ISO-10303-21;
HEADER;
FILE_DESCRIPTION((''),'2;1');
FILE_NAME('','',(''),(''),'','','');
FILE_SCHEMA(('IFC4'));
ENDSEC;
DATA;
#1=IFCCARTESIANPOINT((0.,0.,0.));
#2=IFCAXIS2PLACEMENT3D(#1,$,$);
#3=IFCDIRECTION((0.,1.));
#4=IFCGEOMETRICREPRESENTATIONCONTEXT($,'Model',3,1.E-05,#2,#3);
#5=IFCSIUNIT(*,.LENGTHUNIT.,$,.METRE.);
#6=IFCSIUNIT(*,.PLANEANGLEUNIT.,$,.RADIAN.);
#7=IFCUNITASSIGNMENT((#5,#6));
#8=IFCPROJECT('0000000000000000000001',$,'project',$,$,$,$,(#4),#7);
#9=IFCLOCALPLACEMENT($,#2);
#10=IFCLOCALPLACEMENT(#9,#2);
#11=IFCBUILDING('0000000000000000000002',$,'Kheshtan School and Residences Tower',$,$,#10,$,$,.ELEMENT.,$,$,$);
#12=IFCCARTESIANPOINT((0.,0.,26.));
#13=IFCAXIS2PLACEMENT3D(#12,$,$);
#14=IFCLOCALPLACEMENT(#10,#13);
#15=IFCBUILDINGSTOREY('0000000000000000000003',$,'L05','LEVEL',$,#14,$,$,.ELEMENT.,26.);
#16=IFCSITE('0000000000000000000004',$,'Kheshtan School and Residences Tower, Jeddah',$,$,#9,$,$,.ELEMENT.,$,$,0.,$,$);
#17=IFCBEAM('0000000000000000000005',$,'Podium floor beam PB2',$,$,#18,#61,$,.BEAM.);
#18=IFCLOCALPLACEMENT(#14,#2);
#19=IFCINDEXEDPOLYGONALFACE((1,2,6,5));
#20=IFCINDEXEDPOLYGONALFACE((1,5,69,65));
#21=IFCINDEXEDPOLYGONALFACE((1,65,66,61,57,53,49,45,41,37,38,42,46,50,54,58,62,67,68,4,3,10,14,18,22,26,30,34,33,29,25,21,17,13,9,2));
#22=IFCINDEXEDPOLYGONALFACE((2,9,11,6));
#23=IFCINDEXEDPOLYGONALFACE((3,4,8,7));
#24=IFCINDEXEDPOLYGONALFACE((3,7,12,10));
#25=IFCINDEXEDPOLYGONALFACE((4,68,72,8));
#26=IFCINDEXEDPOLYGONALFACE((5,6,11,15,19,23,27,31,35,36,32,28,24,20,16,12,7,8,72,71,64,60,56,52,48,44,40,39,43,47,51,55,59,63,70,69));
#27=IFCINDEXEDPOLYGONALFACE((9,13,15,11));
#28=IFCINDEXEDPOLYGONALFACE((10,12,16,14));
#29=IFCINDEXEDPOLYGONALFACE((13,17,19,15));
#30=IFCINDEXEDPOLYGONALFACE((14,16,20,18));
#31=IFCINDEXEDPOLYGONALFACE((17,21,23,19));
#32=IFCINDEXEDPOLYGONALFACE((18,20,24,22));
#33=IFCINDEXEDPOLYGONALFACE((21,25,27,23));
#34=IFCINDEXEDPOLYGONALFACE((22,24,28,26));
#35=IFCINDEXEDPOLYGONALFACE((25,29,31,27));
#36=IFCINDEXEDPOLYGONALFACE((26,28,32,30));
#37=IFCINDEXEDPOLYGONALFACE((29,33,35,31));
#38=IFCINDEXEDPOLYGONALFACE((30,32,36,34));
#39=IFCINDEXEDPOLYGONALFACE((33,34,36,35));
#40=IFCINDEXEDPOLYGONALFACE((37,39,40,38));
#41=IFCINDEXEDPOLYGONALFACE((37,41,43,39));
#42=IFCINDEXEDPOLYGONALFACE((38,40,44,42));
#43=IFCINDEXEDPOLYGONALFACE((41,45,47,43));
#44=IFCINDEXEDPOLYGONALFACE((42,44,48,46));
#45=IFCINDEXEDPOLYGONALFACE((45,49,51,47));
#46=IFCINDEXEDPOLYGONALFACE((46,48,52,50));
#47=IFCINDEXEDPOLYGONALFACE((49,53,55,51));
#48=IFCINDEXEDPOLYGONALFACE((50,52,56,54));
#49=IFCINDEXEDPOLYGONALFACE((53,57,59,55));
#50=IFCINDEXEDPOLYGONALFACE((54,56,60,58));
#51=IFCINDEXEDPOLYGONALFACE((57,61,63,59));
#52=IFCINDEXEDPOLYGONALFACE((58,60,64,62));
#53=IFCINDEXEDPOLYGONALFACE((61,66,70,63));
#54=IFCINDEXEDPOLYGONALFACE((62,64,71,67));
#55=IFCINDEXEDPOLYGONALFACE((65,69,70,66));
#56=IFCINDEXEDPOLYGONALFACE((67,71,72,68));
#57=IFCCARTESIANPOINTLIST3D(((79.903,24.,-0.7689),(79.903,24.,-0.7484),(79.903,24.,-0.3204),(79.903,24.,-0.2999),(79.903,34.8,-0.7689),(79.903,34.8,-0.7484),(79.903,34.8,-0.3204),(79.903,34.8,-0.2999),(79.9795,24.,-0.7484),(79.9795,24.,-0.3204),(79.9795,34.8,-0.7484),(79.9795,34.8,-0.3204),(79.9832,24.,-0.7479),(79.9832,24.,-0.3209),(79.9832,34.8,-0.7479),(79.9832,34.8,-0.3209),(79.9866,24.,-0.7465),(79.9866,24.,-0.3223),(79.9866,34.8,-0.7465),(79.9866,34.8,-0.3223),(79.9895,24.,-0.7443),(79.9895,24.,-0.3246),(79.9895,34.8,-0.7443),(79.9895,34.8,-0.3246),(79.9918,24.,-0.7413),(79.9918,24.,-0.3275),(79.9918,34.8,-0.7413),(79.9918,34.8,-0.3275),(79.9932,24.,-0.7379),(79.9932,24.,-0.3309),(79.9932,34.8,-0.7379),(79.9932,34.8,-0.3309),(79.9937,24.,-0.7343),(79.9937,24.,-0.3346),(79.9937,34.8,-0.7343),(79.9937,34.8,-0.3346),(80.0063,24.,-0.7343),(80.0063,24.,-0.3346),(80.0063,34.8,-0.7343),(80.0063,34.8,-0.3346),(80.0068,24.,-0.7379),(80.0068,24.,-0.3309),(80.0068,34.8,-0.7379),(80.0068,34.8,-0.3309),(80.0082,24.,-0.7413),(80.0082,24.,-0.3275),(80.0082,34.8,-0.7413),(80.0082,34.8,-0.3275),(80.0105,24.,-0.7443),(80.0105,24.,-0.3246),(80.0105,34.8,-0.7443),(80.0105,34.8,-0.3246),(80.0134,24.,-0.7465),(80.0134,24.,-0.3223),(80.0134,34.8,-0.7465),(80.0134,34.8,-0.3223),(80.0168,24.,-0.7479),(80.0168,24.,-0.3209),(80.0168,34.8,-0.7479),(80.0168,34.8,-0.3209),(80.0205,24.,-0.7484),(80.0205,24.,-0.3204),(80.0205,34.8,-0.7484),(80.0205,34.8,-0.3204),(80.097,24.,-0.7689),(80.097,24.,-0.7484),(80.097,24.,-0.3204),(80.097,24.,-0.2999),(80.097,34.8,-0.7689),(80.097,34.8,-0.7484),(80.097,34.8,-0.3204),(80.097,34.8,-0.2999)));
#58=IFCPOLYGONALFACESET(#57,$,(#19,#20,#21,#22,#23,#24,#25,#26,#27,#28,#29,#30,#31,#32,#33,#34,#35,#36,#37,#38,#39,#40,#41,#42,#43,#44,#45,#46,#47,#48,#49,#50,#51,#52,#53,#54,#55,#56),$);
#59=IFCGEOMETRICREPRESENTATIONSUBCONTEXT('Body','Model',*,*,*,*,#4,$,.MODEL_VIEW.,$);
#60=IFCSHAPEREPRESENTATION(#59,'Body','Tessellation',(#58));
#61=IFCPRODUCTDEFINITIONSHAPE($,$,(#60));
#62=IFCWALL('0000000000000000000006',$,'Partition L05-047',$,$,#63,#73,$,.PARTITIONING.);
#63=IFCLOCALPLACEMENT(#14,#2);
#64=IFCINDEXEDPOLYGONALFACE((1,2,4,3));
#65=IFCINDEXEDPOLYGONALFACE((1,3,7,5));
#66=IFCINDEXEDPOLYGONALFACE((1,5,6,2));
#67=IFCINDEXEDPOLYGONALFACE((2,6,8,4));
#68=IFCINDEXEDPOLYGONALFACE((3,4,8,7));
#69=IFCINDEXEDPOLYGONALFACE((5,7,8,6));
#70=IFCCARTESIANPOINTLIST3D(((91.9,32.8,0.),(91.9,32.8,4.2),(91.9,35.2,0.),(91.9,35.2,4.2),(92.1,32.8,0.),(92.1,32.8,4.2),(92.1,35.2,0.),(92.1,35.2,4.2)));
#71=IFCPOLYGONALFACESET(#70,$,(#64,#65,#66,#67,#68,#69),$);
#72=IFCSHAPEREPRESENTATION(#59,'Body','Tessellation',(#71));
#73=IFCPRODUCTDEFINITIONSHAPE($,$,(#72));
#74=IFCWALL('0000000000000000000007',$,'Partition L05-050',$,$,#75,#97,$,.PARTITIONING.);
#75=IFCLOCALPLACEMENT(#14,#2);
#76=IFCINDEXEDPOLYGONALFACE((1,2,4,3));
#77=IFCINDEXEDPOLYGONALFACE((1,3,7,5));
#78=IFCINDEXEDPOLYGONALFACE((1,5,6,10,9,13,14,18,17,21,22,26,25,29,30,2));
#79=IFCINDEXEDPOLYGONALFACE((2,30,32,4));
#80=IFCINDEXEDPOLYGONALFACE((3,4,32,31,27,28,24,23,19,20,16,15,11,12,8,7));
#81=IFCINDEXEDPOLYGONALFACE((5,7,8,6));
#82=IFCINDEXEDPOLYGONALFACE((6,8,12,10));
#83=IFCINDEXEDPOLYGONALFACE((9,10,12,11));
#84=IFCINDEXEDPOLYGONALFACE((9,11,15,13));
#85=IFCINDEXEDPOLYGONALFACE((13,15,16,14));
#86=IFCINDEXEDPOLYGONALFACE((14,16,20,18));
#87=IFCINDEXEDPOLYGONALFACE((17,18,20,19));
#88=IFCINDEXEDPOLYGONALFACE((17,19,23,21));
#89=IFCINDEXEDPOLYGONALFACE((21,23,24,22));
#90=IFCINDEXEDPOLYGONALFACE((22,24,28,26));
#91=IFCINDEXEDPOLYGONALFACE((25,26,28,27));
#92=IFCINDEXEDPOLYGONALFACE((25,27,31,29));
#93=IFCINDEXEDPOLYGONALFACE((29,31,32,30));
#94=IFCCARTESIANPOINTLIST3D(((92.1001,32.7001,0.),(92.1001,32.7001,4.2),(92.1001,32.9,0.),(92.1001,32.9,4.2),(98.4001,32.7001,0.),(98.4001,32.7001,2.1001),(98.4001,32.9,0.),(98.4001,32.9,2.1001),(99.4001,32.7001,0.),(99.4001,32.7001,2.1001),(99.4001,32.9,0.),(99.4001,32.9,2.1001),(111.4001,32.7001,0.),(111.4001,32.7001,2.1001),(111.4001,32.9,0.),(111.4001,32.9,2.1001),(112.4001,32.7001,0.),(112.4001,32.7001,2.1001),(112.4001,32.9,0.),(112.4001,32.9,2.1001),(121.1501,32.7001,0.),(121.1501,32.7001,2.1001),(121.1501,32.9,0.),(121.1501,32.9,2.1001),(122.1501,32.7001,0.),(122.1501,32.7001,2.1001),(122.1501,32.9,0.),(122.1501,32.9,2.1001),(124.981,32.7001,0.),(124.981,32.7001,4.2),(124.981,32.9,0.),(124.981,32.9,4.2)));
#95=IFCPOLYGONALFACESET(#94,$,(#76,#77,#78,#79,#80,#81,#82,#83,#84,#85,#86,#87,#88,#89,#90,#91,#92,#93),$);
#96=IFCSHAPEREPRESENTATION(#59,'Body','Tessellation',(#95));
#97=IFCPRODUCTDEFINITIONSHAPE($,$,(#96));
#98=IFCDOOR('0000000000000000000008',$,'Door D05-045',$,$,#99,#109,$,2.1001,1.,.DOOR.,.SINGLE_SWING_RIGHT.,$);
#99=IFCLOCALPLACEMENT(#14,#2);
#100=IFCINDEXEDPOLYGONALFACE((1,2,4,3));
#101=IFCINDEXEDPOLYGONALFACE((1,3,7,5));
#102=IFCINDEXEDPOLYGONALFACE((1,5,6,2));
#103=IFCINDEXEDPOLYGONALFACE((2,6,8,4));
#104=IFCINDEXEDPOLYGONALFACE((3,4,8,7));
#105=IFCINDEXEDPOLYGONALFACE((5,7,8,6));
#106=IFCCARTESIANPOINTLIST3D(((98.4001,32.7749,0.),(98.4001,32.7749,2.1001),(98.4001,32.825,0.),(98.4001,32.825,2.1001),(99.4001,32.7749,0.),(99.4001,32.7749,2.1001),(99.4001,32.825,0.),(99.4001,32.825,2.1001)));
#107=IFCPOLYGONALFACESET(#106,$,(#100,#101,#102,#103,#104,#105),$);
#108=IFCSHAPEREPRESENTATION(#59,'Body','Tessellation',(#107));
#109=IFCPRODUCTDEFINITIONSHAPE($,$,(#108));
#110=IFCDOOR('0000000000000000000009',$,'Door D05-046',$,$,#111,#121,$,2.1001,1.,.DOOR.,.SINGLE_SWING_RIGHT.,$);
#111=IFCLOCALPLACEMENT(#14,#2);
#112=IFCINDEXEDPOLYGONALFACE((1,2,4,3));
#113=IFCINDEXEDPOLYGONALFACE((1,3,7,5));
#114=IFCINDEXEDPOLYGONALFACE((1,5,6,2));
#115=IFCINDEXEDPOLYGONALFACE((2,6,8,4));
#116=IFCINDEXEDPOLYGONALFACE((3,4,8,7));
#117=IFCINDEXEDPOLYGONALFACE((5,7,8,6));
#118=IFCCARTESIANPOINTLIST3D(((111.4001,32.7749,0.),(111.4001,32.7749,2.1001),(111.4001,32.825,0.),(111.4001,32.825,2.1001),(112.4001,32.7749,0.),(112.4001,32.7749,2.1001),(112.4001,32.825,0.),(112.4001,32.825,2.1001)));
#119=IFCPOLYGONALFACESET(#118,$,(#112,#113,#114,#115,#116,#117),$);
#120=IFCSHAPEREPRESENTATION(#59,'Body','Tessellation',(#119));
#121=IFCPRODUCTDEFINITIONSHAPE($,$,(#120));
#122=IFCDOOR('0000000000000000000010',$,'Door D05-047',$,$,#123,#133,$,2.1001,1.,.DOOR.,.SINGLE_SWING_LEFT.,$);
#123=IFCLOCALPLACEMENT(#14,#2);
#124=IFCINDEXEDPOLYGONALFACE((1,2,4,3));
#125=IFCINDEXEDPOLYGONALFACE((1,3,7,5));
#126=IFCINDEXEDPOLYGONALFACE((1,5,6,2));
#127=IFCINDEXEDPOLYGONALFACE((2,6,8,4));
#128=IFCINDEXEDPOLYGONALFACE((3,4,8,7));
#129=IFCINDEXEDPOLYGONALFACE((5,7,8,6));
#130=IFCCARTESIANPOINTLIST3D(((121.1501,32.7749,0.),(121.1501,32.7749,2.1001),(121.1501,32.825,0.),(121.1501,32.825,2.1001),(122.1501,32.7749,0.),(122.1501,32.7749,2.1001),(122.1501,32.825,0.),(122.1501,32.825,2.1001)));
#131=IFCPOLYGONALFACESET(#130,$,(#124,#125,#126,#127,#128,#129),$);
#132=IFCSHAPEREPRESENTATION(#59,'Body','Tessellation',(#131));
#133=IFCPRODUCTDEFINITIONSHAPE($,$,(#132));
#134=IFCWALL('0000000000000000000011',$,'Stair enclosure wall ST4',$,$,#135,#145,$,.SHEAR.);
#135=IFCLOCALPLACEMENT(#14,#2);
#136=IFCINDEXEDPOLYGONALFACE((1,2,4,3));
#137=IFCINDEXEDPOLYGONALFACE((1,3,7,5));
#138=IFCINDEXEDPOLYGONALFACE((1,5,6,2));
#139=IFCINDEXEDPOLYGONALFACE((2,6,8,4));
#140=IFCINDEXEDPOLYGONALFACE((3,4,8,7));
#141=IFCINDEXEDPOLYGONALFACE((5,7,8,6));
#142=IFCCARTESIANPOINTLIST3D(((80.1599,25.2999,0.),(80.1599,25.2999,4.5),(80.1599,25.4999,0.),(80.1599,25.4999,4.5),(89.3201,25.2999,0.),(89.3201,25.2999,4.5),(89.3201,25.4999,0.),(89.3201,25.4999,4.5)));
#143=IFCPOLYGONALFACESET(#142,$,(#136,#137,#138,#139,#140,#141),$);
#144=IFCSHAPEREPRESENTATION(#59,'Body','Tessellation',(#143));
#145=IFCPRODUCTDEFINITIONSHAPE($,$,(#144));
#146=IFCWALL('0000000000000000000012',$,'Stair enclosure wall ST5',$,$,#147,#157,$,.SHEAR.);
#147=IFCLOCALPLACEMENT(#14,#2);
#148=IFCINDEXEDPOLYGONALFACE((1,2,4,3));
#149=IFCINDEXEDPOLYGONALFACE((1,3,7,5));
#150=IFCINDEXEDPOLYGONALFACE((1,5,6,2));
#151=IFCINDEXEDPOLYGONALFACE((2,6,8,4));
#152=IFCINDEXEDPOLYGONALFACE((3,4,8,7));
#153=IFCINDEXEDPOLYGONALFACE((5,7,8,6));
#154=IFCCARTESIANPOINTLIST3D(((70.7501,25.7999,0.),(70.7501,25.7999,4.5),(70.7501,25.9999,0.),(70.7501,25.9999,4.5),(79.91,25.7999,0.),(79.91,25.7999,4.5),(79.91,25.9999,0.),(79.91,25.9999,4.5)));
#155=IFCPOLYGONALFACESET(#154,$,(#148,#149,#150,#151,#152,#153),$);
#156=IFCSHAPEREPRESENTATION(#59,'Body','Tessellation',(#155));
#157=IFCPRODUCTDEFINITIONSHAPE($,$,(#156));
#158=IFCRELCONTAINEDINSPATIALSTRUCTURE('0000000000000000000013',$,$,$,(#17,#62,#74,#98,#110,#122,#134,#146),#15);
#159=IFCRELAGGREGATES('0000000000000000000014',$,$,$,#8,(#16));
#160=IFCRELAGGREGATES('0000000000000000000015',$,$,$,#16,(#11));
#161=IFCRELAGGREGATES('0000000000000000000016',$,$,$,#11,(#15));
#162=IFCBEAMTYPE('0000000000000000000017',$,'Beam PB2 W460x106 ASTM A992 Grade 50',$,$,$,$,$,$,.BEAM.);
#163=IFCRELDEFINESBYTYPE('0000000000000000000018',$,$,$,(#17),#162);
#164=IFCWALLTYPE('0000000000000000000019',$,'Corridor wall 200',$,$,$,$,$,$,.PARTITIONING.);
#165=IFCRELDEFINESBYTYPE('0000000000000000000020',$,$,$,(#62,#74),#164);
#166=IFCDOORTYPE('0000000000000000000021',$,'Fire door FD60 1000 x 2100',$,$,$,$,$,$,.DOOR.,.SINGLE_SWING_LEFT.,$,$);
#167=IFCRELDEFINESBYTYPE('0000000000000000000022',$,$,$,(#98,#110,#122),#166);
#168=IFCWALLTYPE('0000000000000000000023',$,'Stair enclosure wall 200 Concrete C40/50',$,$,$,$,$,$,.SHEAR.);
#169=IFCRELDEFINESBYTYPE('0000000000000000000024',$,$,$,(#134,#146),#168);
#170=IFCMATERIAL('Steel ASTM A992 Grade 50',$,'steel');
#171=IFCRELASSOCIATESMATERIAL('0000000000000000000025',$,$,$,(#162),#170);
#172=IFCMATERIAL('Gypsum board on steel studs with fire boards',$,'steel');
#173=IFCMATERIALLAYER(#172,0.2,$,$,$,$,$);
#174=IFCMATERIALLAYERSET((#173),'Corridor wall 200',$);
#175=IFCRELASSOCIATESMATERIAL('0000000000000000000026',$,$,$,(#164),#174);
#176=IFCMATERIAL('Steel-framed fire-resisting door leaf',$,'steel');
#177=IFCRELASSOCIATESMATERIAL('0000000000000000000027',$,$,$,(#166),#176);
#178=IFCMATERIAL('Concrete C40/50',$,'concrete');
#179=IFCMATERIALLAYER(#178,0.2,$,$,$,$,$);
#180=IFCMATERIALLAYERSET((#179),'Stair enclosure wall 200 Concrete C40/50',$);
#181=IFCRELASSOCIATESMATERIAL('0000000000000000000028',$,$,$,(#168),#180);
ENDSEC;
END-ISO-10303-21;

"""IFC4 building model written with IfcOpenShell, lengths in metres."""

from ifc_helpers import new_model, si_unit, direction, frame, frame_2d, origin, origin_2d, place, context, subcontext, project, spatial, rectangle, i_section, extrude, source, transform, mapped, material, layer, layer_set, material_profile, profile_set, type_object, element, fill, save


model = new_model("IFC4")

# Units and contexts
model_context = context("Model", 3, precision=1e-05, world=origin(), true_north=direction((0.0, 1.0)))
body_context = subcontext(model_context, "Body", "Model", "MODEL_VIEW")
ifc_project = project(units=[si_unit("LENGTHUNIT", "METRE"), si_unit("PLANEANGLEUNIT", "RADIAN")], contexts=[model_context])

# Site, building, storey
site_placement = place(None, origin())
site = spatial("IfcSite", under=ifc_project, at=site_placement, Name="Kheshtan School and Residences Tower, Jeddah", CompositionType="ELEMENT", RefElevation=0.0)
building_placement = place(site_placement, origin())
building = spatial("IfcBuilding", under=site, at=building_placement, Name="Kheshtan School and Residences Tower", CompositionType="ELEMENT")
storey_placement = place(building_placement, frame((0.0, 0.0, 26.0)))
storey = spatial("IfcBuildingStorey", under=building, at=storey_placement, Name="L05", Description="LEVEL", CompositionType="ELEMENT", Elevation=26.0)

# Shared definitions
ifc_material_1 = material(Name="Steel ASTM A992 Grade 50", Category="steel")

# Beam
ifc_material_profile_1 = material_profile(ifc_material_1, i_section(OverallWidth=0.1941, OverallDepth=0.469, WebThickness=0.0127, FlangeThickness=0.0205, FilletRadius=0.0142, at=origin_2d()), Name="W460x106")
ifc_profile_set_1 = profile_set([ifc_material_profile_1], Name="Steel ASTM A992 Grade 50")
beam_type = type_object("IfcBeamType", Name="Beam PB2 W460x106 ASTM A992 Grade 50", PredefinedType="BEAM", material=ifc_profile_set_1)
beam_1_placement = place(storey_placement, frame((80.0, 24.0, -0.5344), z_axis=(0.0, 1.0, 0.0), x_axis=(-1.0, 0.0, 0.0)))
element("IfcBeam", 1, at=beam_1_placement, inside=storey, type_object=beam_type, Name="Podium floor beam PB2", PredefinedType="BEAM", context=body_context, shape_type="SweptSolid", body=[
    extrude(i_section(OverallWidth=0.1941, OverallDepth=0.469, WebThickness=0.0127, FlangeThickness=0.0205, FilletRadius=0.0142, at=origin_2d()), origin(), (0.0, 0.0, 1.0), 10.8),
])

# Wall
ifc_material_2 = material(Name="Gypsum board on steel studs with fire boards", Category="steel")
ifc_layer_1 = layer(ifc_material_2, 0.2)
ifc_layer_set_1 = layer_set([ifc_layer_1], Name="Corridor wall 200")
wall_type_1 = type_object("IfcWallType", Name="Corridor wall 200", PredefinedType="PARTITIONING", material=ifc_layer_set_1)
wall_1_placement = place(storey_placement, frame((92.0, 32.8, 0.0), z_axis=(0.0, 0.0, 1.0), x_axis=(0.0, 1.0, 0.0)))
element("IfcWall", 2, at=wall_1_placement, inside=storey, type_object=wall_type_1, Name="Partition L05-047", PredefinedType="PARTITIONING", context=body_context, shape_type="SweptSolid", body=[
    extrude(rectangle(XDim=2.3999, YDim=0.2, at=frame_2d((1.2, 0.0))), origin(), (0.0, 0.0, 1.0), 4.2),
])

# Wall, openings, doors
wall_2_placement = place(storey_placement, frame((92.1001, 32.8, 0.0), z_axis=(0.0, 0.0, 1.0), x_axis=(1.0, 0.0, 0.0)))
wall_2 = element("IfcWall", 3, at=wall_2_placement, inside=storey, type_object=wall_type_1, Name="Partition L05-050", PredefinedType="PARTITIONING", context=body_context, shape_type="SweptSolid", body=[
    extrude(rectangle(XDim=32.8809, YDim=0.2, at=frame_2d((16.4404, 0.0))), origin(), (0.0, 0.0, 1.0), 4.2),
])
opening_1_placement = place(wall_2_placement, frame((6.3, 0.0, 0.0)))
opening_1 = element("IfcOpeningElement", 4, at=opening_1_placement, cuts=wall_2, PredefinedType="OPENING", context=body_context, shape_type="SweptSolid", body=[
    extrude(rectangle(XDim=1.0, YDim=2.1001, at=frame_2d((0.5, 1.05))), frame((0.0, 0.1099, 0.0), z_axis=(0.0, -1.0, 0.0), x_axis=(1.0, 0.0, 0.0)), (0.0, 0.0, 1.0), 0.22),
])
opening_2_placement = place(wall_2_placement, frame((19.3, 0.0, 0.0)))
opening_2 = element("IfcOpeningElement", 5, at=opening_2_placement, cuts=wall_2, PredefinedType="OPENING", context=body_context, shape_type="SweptSolid", body=[
    extrude(rectangle(XDim=1.0, YDim=2.1001, at=frame_2d((0.5, 1.05))), frame((0.0, 0.1099, 0.0), z_axis=(0.0, -1.0, 0.0), x_axis=(1.0, 0.0, 0.0)), (0.0, 0.0, 1.0), 0.22),
])
opening_3_placement = place(wall_2_placement, frame((29.05, 0.0, 0.0)))
opening_3 = element("IfcOpeningElement", 6, at=opening_3_placement, cuts=wall_2, PredefinedType="OPENING", context=body_context, shape_type="SweptSolid", body=[
    extrude(rectangle(XDim=1.0, YDim=2.1001, at=frame_2d((0.5, 1.05))), frame((0.0, 0.1099, 0.0), z_axis=(0.0, -1.0, 0.0), x_axis=(1.0, 0.0, 0.0)), (0.0, 0.0, 1.0), 0.22),
])
ifc_material_3 = material(Name="Steel-framed fire-resisting door leaf", Category="steel")
door_type = type_object("IfcDoorType", Name="Fire door FD60 1000 x 2100", OperationType="SINGLE_SWING_LEFT", PredefinedType="DOOR", material=ifc_material_3)
shared_shape = source(origin(), body_context, "Body", "SweptSolid", [
    extrude(rectangle(XDim=1.0, YDim=2.1001, at=frame_2d((0.5, 1.05))), frame((0.0, 0.0249, 0.0), z_axis=(0.0, -1.0, 0.0), x_axis=(1.0, 0.0, 0.0)), (0.0, 0.0, 1.0), 0.05),
])
door_1_placement = place(opening_1_placement, origin())
door_1 = element("IfcDoor", 7, at=door_1_placement, inside=storey, type_object=door_type, Name="Door D05-045", OperationType="SINGLE_SWING_RIGHT", OverallHeight=2.1001, OverallWidth=1.0, PredefinedType="DOOR", context=body_context, shape_type="MappedRepresentation", body=[
    mapped(shared_shape, transform((0.0, 0.0, 0.0), x_axis=(1.0, 0.0, 0.0), y_axis=(0.0, 1.0, 0.0), z_axis=(0.0, 0.0, 1.0), scale=1.0)),
])
fill(opening_1, door_1)
door_2_placement = place(opening_2_placement, origin())
door_2 = element("IfcDoor", 8, at=door_2_placement, inside=storey, type_object=door_type, Name="Door D05-046", OperationType="SINGLE_SWING_RIGHT", OverallHeight=2.1001, OverallWidth=1.0, PredefinedType="DOOR", context=body_context, shape_type="MappedRepresentation", body=[
    mapped(shared_shape, transform((0.0, 0.0, 0.0), x_axis=(1.0, 0.0, 0.0), y_axis=(0.0, 1.0, 0.0), z_axis=(0.0, 0.0, 1.0), scale=1.0)),
])
fill(opening_2, door_2)
door_3_placement = place(opening_3_placement, origin())
door_3 = element("IfcDoor", 9, at=door_3_placement, inside=storey, type_object=door_type, Name="Door D05-047", OperationType="SINGLE_SWING_LEFT", OverallHeight=2.1001, OverallWidth=1.0, PredefinedType="DOOR", context=body_context, shape_type="MappedRepresentation", body=[
    mapped(shared_shape, transform((0.0, 0.0, 0.0), x_axis=(1.0, 0.0, 0.0), y_axis=(0.0, 1.0, 0.0), z_axis=(0.0, 0.0, 1.0), scale=1.0)),
])
fill(opening_3, door_3)

# Walls
ifc_material_4 = material(Name="Concrete C40/50", Category="concrete")
ifc_layer_2 = layer(ifc_material_4, 0.2)
ifc_layer_set_2 = layer_set([ifc_layer_2], Name="Stair enclosure wall 200 Concrete C40/50")
wall_type_2 = type_object("IfcWallType", Name="Stair enclosure wall 200 Concrete C40/50", PredefinedType="SHEAR", material=ifc_layer_set_2)
wall_3_placement = place(storey_placement, frame((80.1599, 25.3999, 0.0), z_axis=(0.0, 0.0, 1.0), x_axis=(1.0, 0.0, 0.0)))
element("IfcWall", 10, at=wall_3_placement, inside=storey, type_object=wall_type_2, Name="Stair enclosure wall ST4", PredefinedType="SHEAR", context=body_context, shape_type="SweptSolid", body=[
    extrude(rectangle(XDim=9.1602, YDim=0.2, at=frame_2d((4.5801, 0.0))), origin(), (0.0, 0.0, 1.0), 4.5),
])
wall_4_placement = place(storey_placement, frame((70.75, 25.8999, 0.0), z_axis=(0.0, 0.0, 1.0), x_axis=(1.0, 0.0, 0.0)))
element("IfcWall", 11, at=wall_4_placement, inside=storey, type_object=wall_type_2, Name="Stair enclosure wall ST5", PredefinedType="SHEAR", context=body_context, shape_type="SweptSolid", body=[
    extrude(rectangle(XDim=9.1599, YDim=0.2, at=frame_2d((4.5801, 0.0))), origin(), (0.0, 0.0, 1.0), 4.5),
])

save(model, "model.ifc")
